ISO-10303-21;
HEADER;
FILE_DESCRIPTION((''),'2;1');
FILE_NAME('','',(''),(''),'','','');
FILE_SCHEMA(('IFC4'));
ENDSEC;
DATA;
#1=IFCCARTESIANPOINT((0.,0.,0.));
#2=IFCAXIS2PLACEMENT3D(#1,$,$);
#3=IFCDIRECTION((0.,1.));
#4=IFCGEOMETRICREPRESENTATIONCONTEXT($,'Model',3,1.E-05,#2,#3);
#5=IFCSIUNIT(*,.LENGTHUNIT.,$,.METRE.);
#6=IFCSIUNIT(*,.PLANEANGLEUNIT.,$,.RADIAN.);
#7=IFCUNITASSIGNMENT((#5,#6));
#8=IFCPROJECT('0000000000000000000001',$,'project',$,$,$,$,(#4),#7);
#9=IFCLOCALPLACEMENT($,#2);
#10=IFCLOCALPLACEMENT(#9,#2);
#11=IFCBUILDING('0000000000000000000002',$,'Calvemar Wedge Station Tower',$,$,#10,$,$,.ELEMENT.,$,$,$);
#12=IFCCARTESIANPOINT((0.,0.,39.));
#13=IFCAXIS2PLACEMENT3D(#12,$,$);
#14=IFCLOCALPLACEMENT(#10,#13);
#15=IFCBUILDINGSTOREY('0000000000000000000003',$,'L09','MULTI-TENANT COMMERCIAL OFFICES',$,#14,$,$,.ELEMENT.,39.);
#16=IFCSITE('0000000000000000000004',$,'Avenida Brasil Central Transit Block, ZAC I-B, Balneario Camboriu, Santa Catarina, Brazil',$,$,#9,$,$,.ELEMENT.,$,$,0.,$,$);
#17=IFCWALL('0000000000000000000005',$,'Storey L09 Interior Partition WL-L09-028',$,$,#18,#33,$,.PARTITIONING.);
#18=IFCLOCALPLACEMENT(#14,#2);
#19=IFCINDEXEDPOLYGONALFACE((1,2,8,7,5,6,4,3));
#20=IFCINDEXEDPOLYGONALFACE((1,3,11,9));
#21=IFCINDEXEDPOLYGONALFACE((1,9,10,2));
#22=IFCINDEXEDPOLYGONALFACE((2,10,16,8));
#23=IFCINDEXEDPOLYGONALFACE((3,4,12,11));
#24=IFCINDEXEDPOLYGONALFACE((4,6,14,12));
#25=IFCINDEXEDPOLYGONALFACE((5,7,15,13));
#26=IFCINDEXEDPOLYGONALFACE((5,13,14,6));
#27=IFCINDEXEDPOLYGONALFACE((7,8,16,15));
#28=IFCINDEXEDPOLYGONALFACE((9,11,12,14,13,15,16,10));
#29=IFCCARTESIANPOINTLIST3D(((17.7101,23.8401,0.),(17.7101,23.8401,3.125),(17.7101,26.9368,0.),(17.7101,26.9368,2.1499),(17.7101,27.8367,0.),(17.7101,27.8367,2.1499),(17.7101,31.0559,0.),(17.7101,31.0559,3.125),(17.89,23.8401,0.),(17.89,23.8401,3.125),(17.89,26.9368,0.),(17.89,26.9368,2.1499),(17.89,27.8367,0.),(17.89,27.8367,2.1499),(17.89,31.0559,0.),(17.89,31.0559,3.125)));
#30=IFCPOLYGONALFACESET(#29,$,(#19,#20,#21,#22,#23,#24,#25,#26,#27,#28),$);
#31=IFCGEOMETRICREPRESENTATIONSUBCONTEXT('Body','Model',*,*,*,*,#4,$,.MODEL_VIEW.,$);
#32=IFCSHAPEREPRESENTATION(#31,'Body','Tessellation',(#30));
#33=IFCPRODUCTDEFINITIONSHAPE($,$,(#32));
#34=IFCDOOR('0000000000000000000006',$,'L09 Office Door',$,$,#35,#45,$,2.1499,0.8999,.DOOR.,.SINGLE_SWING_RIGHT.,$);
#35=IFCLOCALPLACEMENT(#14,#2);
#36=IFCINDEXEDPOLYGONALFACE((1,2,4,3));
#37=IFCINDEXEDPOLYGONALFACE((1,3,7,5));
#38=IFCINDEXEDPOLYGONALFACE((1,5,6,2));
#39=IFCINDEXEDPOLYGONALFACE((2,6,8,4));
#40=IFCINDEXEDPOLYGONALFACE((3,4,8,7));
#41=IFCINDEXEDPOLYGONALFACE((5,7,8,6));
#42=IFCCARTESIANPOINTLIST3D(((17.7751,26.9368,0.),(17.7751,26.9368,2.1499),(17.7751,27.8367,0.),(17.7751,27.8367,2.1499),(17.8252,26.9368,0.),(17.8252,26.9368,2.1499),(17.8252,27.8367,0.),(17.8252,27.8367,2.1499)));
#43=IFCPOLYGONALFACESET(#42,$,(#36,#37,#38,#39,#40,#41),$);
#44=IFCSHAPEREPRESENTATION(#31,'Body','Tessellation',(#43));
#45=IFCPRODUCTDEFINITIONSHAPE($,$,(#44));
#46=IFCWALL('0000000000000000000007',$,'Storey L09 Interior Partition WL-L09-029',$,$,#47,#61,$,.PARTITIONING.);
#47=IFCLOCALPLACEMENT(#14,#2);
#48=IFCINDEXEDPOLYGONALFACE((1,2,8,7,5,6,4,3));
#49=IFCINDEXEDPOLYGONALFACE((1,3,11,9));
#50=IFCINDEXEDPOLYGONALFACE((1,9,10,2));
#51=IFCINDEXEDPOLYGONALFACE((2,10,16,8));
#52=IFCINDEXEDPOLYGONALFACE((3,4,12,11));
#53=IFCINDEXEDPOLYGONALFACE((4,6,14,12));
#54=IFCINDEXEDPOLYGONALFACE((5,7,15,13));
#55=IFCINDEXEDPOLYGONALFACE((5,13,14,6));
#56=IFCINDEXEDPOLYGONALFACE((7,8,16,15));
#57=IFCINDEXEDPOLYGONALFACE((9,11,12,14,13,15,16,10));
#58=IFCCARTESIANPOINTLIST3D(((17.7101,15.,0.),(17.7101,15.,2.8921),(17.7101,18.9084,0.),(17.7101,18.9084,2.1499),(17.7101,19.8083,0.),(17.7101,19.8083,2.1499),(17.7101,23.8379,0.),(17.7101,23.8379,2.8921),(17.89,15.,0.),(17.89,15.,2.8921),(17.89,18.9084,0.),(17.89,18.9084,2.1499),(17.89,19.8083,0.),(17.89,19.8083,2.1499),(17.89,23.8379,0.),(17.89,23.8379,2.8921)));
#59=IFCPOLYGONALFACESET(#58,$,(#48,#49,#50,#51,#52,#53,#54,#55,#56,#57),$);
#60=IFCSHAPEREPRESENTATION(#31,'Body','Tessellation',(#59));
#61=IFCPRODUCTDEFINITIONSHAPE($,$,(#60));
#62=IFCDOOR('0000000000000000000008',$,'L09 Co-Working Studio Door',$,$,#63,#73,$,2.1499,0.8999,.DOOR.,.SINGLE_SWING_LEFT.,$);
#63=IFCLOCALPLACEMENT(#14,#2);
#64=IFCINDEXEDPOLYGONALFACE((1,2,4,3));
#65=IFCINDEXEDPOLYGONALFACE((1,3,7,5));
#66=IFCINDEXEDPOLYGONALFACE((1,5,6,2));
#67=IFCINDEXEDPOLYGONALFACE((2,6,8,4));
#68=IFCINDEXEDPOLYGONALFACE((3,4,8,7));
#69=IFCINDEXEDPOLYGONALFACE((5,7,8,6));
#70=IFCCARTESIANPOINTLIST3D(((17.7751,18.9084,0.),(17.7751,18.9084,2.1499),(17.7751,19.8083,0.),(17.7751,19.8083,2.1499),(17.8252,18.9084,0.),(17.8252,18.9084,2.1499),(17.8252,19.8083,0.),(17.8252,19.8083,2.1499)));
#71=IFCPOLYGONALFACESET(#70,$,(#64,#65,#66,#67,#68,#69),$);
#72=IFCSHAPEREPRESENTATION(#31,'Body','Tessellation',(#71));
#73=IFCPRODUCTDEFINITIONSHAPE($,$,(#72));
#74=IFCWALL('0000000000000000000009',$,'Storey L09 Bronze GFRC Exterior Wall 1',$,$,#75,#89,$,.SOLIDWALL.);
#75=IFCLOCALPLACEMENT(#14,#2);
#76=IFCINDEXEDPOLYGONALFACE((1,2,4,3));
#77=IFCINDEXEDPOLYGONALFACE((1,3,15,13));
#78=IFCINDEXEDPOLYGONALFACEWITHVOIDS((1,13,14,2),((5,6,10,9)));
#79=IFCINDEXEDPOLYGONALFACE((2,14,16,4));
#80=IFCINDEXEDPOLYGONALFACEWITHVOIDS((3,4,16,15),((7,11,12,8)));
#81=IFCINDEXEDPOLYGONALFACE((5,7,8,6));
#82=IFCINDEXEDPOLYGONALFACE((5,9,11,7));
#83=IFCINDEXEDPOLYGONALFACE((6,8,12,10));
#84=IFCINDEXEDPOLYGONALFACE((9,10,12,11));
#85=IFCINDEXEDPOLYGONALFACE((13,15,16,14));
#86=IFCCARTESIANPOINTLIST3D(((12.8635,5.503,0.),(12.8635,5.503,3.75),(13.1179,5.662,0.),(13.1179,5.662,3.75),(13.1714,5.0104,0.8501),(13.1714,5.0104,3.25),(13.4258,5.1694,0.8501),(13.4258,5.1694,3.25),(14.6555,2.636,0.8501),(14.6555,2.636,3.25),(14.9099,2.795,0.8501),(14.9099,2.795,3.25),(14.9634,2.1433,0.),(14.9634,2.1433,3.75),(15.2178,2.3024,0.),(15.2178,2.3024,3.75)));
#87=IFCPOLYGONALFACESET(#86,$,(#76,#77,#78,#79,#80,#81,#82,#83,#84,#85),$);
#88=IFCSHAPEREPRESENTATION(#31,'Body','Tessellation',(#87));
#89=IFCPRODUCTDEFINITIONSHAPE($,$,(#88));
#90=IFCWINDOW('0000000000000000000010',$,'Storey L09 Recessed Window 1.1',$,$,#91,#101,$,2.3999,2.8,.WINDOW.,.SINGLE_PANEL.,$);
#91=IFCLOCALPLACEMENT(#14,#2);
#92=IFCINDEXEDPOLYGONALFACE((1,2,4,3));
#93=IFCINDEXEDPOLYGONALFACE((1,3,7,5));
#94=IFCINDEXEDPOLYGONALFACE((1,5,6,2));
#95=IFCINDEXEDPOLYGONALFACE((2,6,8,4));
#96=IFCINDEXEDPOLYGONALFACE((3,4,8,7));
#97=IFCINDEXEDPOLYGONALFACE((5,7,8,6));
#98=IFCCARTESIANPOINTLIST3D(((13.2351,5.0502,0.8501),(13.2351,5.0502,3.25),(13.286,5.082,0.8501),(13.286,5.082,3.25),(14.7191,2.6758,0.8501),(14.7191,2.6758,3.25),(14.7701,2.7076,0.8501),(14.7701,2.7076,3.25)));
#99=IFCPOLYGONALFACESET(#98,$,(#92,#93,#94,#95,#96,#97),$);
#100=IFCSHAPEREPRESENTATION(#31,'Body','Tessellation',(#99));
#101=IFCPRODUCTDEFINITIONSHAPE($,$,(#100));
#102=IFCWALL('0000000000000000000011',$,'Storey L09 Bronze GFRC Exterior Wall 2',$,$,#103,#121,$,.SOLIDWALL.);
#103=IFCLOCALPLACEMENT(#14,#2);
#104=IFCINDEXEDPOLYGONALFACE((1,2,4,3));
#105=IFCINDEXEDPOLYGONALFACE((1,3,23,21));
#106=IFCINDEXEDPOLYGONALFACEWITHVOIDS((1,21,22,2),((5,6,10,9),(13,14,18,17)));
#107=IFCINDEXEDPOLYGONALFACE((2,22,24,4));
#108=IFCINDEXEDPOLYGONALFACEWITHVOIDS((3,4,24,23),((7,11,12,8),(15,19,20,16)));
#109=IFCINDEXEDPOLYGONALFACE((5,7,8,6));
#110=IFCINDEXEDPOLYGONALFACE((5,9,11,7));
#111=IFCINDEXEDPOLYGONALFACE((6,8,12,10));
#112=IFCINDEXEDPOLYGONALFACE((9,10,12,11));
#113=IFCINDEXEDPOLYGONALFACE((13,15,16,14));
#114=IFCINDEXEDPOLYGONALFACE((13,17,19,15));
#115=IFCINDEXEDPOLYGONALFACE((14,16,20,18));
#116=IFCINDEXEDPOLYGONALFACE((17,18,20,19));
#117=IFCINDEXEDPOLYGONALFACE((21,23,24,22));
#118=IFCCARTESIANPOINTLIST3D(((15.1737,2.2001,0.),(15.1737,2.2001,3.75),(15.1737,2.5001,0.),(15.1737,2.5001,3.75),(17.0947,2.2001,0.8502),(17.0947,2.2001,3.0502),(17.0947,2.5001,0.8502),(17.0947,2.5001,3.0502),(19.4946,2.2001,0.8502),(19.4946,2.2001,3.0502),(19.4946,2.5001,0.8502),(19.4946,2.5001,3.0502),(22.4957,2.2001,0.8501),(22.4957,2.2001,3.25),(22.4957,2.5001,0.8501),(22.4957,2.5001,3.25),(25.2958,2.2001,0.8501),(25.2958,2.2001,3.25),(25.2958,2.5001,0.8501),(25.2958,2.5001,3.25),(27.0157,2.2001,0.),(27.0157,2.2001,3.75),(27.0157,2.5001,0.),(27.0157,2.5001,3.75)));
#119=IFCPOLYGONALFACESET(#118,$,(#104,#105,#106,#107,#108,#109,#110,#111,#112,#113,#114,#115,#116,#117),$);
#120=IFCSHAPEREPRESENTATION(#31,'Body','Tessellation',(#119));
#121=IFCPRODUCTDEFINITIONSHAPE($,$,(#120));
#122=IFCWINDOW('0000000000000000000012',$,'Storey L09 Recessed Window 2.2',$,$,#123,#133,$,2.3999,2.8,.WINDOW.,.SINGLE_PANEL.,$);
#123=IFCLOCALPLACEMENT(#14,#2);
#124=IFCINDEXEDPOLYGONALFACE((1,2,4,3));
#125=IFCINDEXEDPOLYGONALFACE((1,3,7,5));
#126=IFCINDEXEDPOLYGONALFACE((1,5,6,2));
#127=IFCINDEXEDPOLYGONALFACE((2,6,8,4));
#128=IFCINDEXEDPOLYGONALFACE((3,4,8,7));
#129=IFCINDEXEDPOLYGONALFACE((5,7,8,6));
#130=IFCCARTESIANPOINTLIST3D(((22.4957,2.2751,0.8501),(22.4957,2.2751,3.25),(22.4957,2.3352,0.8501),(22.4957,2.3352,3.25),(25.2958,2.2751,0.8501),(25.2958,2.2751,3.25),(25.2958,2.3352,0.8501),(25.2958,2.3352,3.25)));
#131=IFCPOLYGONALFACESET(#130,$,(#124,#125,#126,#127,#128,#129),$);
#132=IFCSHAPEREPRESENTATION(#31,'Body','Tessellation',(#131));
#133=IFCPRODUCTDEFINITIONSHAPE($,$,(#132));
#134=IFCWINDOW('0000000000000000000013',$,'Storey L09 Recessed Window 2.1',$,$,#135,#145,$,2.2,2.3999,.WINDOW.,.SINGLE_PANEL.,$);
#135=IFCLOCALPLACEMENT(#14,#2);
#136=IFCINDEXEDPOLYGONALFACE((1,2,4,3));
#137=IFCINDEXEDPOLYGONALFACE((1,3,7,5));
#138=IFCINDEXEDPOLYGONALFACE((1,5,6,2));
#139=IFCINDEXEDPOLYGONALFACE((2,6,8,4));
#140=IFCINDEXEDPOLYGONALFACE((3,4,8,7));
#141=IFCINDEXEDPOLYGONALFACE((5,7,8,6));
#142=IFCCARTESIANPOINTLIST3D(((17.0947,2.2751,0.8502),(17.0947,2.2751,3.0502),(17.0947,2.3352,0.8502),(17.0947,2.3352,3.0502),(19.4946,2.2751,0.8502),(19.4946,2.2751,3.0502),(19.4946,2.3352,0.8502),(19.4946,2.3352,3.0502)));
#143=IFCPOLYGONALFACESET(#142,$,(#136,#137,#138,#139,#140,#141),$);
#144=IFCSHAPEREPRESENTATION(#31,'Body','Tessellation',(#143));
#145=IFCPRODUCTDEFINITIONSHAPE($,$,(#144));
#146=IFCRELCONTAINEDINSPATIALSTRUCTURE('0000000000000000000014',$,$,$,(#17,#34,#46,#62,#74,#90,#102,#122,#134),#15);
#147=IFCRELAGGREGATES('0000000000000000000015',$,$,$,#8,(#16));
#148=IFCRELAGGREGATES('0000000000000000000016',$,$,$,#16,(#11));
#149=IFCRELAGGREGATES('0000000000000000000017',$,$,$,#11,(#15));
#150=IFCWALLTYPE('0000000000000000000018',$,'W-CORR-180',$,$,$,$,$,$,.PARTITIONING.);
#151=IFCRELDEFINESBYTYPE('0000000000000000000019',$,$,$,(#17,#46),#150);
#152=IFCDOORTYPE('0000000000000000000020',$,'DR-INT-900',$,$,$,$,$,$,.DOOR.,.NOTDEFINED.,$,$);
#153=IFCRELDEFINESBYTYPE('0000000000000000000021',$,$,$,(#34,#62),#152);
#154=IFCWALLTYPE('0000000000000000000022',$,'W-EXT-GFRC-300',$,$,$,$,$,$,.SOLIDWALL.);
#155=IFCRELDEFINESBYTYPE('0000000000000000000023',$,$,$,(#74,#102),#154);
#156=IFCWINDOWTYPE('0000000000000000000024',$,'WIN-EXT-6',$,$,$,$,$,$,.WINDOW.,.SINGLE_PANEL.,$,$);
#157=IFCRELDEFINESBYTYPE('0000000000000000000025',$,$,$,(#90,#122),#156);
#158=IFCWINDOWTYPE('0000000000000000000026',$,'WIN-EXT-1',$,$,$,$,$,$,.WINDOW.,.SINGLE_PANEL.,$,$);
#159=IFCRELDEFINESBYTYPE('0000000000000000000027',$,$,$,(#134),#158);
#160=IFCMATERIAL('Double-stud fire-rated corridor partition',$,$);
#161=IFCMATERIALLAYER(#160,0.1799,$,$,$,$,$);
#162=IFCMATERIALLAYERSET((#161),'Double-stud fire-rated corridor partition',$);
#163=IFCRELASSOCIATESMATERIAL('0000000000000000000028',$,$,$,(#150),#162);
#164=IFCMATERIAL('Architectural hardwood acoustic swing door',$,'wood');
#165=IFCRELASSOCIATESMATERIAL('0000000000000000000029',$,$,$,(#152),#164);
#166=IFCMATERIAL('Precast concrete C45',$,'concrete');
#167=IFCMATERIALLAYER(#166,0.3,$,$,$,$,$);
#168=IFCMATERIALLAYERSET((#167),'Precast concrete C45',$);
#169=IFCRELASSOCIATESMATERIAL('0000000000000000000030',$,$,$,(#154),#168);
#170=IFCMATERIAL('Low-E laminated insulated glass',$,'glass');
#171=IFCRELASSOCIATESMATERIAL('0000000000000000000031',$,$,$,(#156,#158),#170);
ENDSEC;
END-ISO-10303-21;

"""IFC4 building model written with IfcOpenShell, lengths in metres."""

from ifc_helpers import new_model, si_unit, direction, frame, frame_2d, origin, place, context, subcontext, project, spatial, rectangle, extrude, source, transform, mapped, material, layer, layer_set, type_object, element, fill, save


model = new_model("IFC4")

# Units and contexts
model_context = context("Model", 3, precision=1e-05, world=origin(), true_north=direction((0.0, 1.0)))
body_context = subcontext(model_context, "Body", "Model", "MODEL_VIEW")
ifc_project = project(units=[si_unit("LENGTHUNIT", "METRE"), si_unit("PLANEANGLEUNIT", "RADIAN")], contexts=[model_context])

# Site, building, storey
site_placement = place(None, origin())
site = spatial("IfcSite", under=ifc_project, at=site_placement, Name="Avenida Brasil Central Transit Block, ZAC I-B, Balneario Camboriu, Santa Catarina, Brazil", CompositionType="ELEMENT", RefElevation=0.0)
building_placement = place(site_placement, origin())
building = spatial("IfcBuilding", under=site, at=building_placement, Name="Calvemar Wedge Station Tower", CompositionType="ELEMENT")
storey_placement = place(building_placement, frame((0.0, 0.0, 39.0)))
storey = spatial("IfcBuildingStorey", under=building, at=storey_placement, Name="L09", Description="MULTI-TENANT COMMERCIAL OFFICES", CompositionType="ELEMENT", Elevation=39.0)

# Walls, openings, doors
ifc_material_1 = material(Name="Double-stud fire-rated corridor partition")
ifc_layer_1 = layer(ifc_material_1, 0.1799)
ifc_layer_set_1 = layer_set([ifc_layer_1], Name="Double-stud fire-rated corridor partition")
wall_type_1 = type_object("IfcWallType", Name="W-CORR-180", PredefinedType="PARTITIONING", material=ifc_layer_set_1)
wall_1_placement = place(storey_placement, frame((17.8, 23.8401, 0.0), z_axis=(0.0, 0.0, 1.0), x_axis=(0.0, 1.0, 0.0)))
wall_1 = element("IfcWall", 1, at=wall_1_placement, inside=storey, type_object=wall_type_1, Name="Storey L09 Interior Partition WL-L09-028", PredefinedType="PARTITIONING", context=body_context, shape_type="SweptSolid", body=[
    extrude(rectangle(XDim=7.2158, YDim=0.1799, at=frame_2d((3.6079, 0.0))), origin(), (0.0, 0.0, 1.0), 3.125),
])
shared_shape_1 = source(origin(), body_context, "Body", "SweptSolid", [
    extrude(rectangle(XDim=0.8999, YDim=2.1499, at=frame_2d((0.45, 1.075))), frame((0.0, 0.1001, 0.0), z_axis=(0.0, -1.0, 0.0), x_axis=(1.0, 0.0, 0.0)), (0.0, 0.0, 1.0), 0.2),
])
opening_1_placement = place(wall_1_placement, frame((3.0967, 0.0, 0.0)))
opening_1 = element("IfcOpeningElement", 2, at=opening_1_placement, cuts=wall_1, PredefinedType="OPENING", context=body_context, shape_type="MappedRepresentation", body=[
    mapped(shared_shape_1, transform((0.0, 0.0, 0.0), scale=1.0)),
])
ifc_material_2 = material(Name="Architectural hardwood acoustic swing door", Category="wood")
door_type = type_object("IfcDoorType", Name="DR-INT-900", OperationType="NOTDEFINED", PredefinedType="DOOR", material=ifc_material_2)
shared_shape_2 = source(origin(), body_context, "Body", "SweptSolid", [
    extrude(rectangle(XDim=0.8999, YDim=2.1499, at=frame_2d((0.45, 1.075))), frame((0.0, 0.0249, 0.0), z_axis=(0.0, -1.0, 0.0), x_axis=(1.0, 0.0, 0.0)), (0.0, 0.0, 1.0), 0.05),
])
door_1_placement = place(opening_1_placement, origin())
door_1 = element("IfcDoor", 3, at=door_1_placement, inside=storey, type_object=door_type, Name="L09 Office Door", OperationType="SINGLE_SWING_RIGHT", OverallHeight=2.1499, OverallWidth=0.8999, PredefinedType="DOOR", context=body_context, shape_type="MappedRepresentation", body=[
    mapped(shared_shape_2, transform((0.0, 0.0, 0.0), scale=1.0)),
])
fill(opening_1, door_1)
wall_2_placement = place(storey_placement, frame((17.8, 15.0, 0.0), z_axis=(0.0, 0.0, 1.0), x_axis=(0.0, 1.0, 0.0)))
wall_2 = element("IfcWall", 4, at=wall_2_placement, inside=storey, type_object=wall_type_1, Name="Storey L09 Interior Partition WL-L09-029", PredefinedType="PARTITIONING", context=body_context, shape_type="SweptSolid", body=[
    extrude(rectangle(XDim=8.8379, YDim=0.1799, at=frame_2d((4.4189, 0.0))), origin(), (0.0, 0.0, 1.0), 2.8921),
])
opening_2_placement = place(wall_2_placement, frame((3.9084, 0.0, 0.0)))
opening_2 = element("IfcOpeningElement", 5, at=opening_2_placement, cuts=wall_2, PredefinedType="OPENING", context=body_context, shape_type="MappedRepresentation", body=[
    mapped(shared_shape_1, transform((0.0, 0.0, 0.0), scale=1.0)),
])
door_2_placement = place(opening_2_placement, origin())
door_2 = element("IfcDoor", 6, at=door_2_placement, inside=storey, type_object=door_type, Name="L09 Co-Working Studio Door", OperationType="SINGLE_SWING_LEFT", OverallHeight=2.1499, OverallWidth=0.8999, PredefinedType="DOOR", context=body_context, shape_type="MappedRepresentation", body=[
    mapped(shared_shape_2, transform((0.0, 0.0, 0.0), scale=1.0)),
])
fill(opening_2, door_2)

# Wall, opening, window
ifc_material_3 = material(Name="Precast concrete C45", Category="concrete")
ifc_layer_2 = layer(ifc_material_3, 0.3)
ifc_layer_set_2 = layer_set([ifc_layer_2], Name="Precast concrete C45")
wall_type_2 = type_object("IfcWallType", Name="W-EXT-GFRC-300", PredefinedType="SOLIDWALL", material=ifc_layer_set_2)
wall_3_placement = place(storey_placement, frame((12.9907, 5.5825, 0.0), z_axis=(0.0, 0.0, 1.0), x_axis=(0.530016, -0.847988, 0.0)))
wall_3 = element("IfcWall", 7, at=wall_3_placement, inside=storey, type_object=wall_type_2, Name="Storey L09 Bronze GFRC Exterior Wall 1", PredefinedType="SOLIDWALL", context=body_context, shape_type="SweptSolid", body=[
    extrude(rectangle(XDim=3.9619, YDim=0.3, at=frame_2d((1.981, 0.0))), origin(), (0.0, 0.0, 1.0), 3.75),
])
shared_shape_3 = source(origin(), body_context, "Body", "SweptSolid", [
    extrude(rectangle(XDim=2.8, YDim=2.3999, at=frame_2d((1.3999, 1.2))), frame((0.0, 0.1602, 0.0), z_axis=(0.0, -1.0, 0.0), x_axis=(1.0, 0.0, 0.0)), (0.0, 0.0, 1.0), 0.3201),
])
opening_3_placement = place(wall_3_placement, frame((0.5811, 0.0, 0.8501)))
opening_3 = element("IfcOpeningElement", 8, at=opening_3_placement, cuts=wall_3, PredefinedType="OPENING", context=body_context, shape_type="MappedRepresentation", body=[
    mapped(shared_shape_3, transform((0.0, 0.0, 0.0), scale=1.0)),
])
ifc_material_4 = material(Name="Low-E laminated insulated glass", Category="glass")
window_type_1 = type_object("IfcWindowType", Name="WIN-EXT-6", PartitioningType="SINGLE_PANEL", PredefinedType="WINDOW", material=ifc_material_4)
shared_shape_4 = source(origin(), body_context, "Body", "SweptSolid", [
    extrude(rectangle(XDim=2.8, YDim=2.3999, at=frame_2d((1.3999, 1.2))), frame((0.0, -0.0149, 0.0), z_axis=(0.0, -1.0, 0.0), x_axis=(1.0, 0.0, 0.0)), (0.0, 0.0, 1.0), 0.0601),
])
window_1_placement = place(opening_3_placement, origin())
window_1 = element("IfcWindow", 9, at=window_1_placement, inside=storey, type_object=window_type_1, Name="Storey L09 Recessed Window 1.1", OverallHeight=2.3999, OverallWidth=2.8, PartitioningType="SINGLE_PANEL", PredefinedType="WINDOW", context=body_context, shape_type="MappedRepresentation", body=[
    mapped(shared_shape_4, transform((0.0, 0.0, 0.0), scale=1.0)),
])
fill(opening_3, window_1)

# Wall, openings, windows
wall_4_placement = place(storey_placement, frame((15.1738, 2.3501, 0.0), z_axis=(0.0, 0.0, 1.0), x_axis=(1.0, 0.0, 0.0)))
wall_4 = element("IfcWall", 10, at=wall_4_placement, inside=storey, type_object=wall_type_2, Name="Storey L09 Bronze GFRC Exterior Wall 2", PredefinedType="SOLIDWALL", context=body_context, shape_type="SweptSolid", body=[
    extrude(rectangle(XDim=11.842, YDim=0.3, at=frame_2d((5.9209, 0.0))), origin(), (0.0, 0.0, 1.0), 3.75),
])
shared_shape_5 = source(origin(), body_context, "Body", "SweptSolid", [
    extrude(rectangle(XDim=2.3999, YDim=2.2, at=frame_2d((1.2, 1.1001))), frame((0.0, 0.1602, 0.0), z_axis=(0.0, -1.0, 0.0), x_axis=(1.0, 0.0, 0.0)), (0.0, 0.0, 1.0), 0.3201),
])
opening_4_placement = place(wall_4_placement, frame((1.9209, 0.0, 0.8501)))
opening_4 = element("IfcOpeningElement", 11, at=opening_4_placement, cuts=wall_4, PredefinedType="OPENING", context=body_context, shape_type="MappedRepresentation", body=[
    mapped(shared_shape_5, transform((0.0, 0.0, 0.0), scale=1.0)),
])
opening_5_placement = place(wall_4_placement, frame((7.322, 0.0, 0.8501)))
opening_5 = element("IfcOpeningElement", 12, at=opening_5_placement, cuts=wall_4, PredefinedType="OPENING", context=body_context, shape_type="MappedRepresentation", body=[
    mapped(shared_shape_3, transform((0.0, 0.0, 0.0), scale=1.0)),
])
window_2_placement = place(opening_5_placement, origin())
window_2 = element("IfcWindow", 13, at=window_2_placement, inside=storey, type_object=window_type_1, Name="Storey L09 Recessed Window 2.2", OverallHeight=2.3999, OverallWidth=2.8, PartitioningType="SINGLE_PANEL", PredefinedType="WINDOW", context=body_context, shape_type="MappedRepresentation", body=[
    mapped(shared_shape_4, transform((0.0, 0.0, 0.0), scale=1.0)),
])
fill(opening_5, window_2)
window_type_2 = type_object("IfcWindowType", Name="WIN-EXT-1", PartitioningType="SINGLE_PANEL", PredefinedType="WINDOW", material=ifc_material_4)
shared_shape_6 = source(origin(), body_context, "Body", "SweptSolid", [
    extrude(rectangle(XDim=2.3999, YDim=2.2, at=frame_2d((1.2, 1.1001))), frame((0.0, -0.0149, 0.0), z_axis=(0.0, -1.0, 0.0), x_axis=(1.0, 0.0, 0.0)), (0.0, 0.0, 1.0), 0.0601),
])
window_3_placement = place(opening_4_placement, origin())
window_3 = element("IfcWindow", 14, at=window_3_placement, inside=storey, type_object=window_type_2, Name="Storey L09 Recessed Window 2.1", OverallHeight=2.2, OverallWidth=2.3999, PartitioningType="SINGLE_PANEL", PredefinedType="WINDOW", context=body_context, shape_type="MappedRepresentation", body=[
    mapped(shared_shape_6, transform((0.0, 0.0, 0.0), scale=1.0)),
])
fill(opening_4, window_3)

save(model, "model.ifc")
